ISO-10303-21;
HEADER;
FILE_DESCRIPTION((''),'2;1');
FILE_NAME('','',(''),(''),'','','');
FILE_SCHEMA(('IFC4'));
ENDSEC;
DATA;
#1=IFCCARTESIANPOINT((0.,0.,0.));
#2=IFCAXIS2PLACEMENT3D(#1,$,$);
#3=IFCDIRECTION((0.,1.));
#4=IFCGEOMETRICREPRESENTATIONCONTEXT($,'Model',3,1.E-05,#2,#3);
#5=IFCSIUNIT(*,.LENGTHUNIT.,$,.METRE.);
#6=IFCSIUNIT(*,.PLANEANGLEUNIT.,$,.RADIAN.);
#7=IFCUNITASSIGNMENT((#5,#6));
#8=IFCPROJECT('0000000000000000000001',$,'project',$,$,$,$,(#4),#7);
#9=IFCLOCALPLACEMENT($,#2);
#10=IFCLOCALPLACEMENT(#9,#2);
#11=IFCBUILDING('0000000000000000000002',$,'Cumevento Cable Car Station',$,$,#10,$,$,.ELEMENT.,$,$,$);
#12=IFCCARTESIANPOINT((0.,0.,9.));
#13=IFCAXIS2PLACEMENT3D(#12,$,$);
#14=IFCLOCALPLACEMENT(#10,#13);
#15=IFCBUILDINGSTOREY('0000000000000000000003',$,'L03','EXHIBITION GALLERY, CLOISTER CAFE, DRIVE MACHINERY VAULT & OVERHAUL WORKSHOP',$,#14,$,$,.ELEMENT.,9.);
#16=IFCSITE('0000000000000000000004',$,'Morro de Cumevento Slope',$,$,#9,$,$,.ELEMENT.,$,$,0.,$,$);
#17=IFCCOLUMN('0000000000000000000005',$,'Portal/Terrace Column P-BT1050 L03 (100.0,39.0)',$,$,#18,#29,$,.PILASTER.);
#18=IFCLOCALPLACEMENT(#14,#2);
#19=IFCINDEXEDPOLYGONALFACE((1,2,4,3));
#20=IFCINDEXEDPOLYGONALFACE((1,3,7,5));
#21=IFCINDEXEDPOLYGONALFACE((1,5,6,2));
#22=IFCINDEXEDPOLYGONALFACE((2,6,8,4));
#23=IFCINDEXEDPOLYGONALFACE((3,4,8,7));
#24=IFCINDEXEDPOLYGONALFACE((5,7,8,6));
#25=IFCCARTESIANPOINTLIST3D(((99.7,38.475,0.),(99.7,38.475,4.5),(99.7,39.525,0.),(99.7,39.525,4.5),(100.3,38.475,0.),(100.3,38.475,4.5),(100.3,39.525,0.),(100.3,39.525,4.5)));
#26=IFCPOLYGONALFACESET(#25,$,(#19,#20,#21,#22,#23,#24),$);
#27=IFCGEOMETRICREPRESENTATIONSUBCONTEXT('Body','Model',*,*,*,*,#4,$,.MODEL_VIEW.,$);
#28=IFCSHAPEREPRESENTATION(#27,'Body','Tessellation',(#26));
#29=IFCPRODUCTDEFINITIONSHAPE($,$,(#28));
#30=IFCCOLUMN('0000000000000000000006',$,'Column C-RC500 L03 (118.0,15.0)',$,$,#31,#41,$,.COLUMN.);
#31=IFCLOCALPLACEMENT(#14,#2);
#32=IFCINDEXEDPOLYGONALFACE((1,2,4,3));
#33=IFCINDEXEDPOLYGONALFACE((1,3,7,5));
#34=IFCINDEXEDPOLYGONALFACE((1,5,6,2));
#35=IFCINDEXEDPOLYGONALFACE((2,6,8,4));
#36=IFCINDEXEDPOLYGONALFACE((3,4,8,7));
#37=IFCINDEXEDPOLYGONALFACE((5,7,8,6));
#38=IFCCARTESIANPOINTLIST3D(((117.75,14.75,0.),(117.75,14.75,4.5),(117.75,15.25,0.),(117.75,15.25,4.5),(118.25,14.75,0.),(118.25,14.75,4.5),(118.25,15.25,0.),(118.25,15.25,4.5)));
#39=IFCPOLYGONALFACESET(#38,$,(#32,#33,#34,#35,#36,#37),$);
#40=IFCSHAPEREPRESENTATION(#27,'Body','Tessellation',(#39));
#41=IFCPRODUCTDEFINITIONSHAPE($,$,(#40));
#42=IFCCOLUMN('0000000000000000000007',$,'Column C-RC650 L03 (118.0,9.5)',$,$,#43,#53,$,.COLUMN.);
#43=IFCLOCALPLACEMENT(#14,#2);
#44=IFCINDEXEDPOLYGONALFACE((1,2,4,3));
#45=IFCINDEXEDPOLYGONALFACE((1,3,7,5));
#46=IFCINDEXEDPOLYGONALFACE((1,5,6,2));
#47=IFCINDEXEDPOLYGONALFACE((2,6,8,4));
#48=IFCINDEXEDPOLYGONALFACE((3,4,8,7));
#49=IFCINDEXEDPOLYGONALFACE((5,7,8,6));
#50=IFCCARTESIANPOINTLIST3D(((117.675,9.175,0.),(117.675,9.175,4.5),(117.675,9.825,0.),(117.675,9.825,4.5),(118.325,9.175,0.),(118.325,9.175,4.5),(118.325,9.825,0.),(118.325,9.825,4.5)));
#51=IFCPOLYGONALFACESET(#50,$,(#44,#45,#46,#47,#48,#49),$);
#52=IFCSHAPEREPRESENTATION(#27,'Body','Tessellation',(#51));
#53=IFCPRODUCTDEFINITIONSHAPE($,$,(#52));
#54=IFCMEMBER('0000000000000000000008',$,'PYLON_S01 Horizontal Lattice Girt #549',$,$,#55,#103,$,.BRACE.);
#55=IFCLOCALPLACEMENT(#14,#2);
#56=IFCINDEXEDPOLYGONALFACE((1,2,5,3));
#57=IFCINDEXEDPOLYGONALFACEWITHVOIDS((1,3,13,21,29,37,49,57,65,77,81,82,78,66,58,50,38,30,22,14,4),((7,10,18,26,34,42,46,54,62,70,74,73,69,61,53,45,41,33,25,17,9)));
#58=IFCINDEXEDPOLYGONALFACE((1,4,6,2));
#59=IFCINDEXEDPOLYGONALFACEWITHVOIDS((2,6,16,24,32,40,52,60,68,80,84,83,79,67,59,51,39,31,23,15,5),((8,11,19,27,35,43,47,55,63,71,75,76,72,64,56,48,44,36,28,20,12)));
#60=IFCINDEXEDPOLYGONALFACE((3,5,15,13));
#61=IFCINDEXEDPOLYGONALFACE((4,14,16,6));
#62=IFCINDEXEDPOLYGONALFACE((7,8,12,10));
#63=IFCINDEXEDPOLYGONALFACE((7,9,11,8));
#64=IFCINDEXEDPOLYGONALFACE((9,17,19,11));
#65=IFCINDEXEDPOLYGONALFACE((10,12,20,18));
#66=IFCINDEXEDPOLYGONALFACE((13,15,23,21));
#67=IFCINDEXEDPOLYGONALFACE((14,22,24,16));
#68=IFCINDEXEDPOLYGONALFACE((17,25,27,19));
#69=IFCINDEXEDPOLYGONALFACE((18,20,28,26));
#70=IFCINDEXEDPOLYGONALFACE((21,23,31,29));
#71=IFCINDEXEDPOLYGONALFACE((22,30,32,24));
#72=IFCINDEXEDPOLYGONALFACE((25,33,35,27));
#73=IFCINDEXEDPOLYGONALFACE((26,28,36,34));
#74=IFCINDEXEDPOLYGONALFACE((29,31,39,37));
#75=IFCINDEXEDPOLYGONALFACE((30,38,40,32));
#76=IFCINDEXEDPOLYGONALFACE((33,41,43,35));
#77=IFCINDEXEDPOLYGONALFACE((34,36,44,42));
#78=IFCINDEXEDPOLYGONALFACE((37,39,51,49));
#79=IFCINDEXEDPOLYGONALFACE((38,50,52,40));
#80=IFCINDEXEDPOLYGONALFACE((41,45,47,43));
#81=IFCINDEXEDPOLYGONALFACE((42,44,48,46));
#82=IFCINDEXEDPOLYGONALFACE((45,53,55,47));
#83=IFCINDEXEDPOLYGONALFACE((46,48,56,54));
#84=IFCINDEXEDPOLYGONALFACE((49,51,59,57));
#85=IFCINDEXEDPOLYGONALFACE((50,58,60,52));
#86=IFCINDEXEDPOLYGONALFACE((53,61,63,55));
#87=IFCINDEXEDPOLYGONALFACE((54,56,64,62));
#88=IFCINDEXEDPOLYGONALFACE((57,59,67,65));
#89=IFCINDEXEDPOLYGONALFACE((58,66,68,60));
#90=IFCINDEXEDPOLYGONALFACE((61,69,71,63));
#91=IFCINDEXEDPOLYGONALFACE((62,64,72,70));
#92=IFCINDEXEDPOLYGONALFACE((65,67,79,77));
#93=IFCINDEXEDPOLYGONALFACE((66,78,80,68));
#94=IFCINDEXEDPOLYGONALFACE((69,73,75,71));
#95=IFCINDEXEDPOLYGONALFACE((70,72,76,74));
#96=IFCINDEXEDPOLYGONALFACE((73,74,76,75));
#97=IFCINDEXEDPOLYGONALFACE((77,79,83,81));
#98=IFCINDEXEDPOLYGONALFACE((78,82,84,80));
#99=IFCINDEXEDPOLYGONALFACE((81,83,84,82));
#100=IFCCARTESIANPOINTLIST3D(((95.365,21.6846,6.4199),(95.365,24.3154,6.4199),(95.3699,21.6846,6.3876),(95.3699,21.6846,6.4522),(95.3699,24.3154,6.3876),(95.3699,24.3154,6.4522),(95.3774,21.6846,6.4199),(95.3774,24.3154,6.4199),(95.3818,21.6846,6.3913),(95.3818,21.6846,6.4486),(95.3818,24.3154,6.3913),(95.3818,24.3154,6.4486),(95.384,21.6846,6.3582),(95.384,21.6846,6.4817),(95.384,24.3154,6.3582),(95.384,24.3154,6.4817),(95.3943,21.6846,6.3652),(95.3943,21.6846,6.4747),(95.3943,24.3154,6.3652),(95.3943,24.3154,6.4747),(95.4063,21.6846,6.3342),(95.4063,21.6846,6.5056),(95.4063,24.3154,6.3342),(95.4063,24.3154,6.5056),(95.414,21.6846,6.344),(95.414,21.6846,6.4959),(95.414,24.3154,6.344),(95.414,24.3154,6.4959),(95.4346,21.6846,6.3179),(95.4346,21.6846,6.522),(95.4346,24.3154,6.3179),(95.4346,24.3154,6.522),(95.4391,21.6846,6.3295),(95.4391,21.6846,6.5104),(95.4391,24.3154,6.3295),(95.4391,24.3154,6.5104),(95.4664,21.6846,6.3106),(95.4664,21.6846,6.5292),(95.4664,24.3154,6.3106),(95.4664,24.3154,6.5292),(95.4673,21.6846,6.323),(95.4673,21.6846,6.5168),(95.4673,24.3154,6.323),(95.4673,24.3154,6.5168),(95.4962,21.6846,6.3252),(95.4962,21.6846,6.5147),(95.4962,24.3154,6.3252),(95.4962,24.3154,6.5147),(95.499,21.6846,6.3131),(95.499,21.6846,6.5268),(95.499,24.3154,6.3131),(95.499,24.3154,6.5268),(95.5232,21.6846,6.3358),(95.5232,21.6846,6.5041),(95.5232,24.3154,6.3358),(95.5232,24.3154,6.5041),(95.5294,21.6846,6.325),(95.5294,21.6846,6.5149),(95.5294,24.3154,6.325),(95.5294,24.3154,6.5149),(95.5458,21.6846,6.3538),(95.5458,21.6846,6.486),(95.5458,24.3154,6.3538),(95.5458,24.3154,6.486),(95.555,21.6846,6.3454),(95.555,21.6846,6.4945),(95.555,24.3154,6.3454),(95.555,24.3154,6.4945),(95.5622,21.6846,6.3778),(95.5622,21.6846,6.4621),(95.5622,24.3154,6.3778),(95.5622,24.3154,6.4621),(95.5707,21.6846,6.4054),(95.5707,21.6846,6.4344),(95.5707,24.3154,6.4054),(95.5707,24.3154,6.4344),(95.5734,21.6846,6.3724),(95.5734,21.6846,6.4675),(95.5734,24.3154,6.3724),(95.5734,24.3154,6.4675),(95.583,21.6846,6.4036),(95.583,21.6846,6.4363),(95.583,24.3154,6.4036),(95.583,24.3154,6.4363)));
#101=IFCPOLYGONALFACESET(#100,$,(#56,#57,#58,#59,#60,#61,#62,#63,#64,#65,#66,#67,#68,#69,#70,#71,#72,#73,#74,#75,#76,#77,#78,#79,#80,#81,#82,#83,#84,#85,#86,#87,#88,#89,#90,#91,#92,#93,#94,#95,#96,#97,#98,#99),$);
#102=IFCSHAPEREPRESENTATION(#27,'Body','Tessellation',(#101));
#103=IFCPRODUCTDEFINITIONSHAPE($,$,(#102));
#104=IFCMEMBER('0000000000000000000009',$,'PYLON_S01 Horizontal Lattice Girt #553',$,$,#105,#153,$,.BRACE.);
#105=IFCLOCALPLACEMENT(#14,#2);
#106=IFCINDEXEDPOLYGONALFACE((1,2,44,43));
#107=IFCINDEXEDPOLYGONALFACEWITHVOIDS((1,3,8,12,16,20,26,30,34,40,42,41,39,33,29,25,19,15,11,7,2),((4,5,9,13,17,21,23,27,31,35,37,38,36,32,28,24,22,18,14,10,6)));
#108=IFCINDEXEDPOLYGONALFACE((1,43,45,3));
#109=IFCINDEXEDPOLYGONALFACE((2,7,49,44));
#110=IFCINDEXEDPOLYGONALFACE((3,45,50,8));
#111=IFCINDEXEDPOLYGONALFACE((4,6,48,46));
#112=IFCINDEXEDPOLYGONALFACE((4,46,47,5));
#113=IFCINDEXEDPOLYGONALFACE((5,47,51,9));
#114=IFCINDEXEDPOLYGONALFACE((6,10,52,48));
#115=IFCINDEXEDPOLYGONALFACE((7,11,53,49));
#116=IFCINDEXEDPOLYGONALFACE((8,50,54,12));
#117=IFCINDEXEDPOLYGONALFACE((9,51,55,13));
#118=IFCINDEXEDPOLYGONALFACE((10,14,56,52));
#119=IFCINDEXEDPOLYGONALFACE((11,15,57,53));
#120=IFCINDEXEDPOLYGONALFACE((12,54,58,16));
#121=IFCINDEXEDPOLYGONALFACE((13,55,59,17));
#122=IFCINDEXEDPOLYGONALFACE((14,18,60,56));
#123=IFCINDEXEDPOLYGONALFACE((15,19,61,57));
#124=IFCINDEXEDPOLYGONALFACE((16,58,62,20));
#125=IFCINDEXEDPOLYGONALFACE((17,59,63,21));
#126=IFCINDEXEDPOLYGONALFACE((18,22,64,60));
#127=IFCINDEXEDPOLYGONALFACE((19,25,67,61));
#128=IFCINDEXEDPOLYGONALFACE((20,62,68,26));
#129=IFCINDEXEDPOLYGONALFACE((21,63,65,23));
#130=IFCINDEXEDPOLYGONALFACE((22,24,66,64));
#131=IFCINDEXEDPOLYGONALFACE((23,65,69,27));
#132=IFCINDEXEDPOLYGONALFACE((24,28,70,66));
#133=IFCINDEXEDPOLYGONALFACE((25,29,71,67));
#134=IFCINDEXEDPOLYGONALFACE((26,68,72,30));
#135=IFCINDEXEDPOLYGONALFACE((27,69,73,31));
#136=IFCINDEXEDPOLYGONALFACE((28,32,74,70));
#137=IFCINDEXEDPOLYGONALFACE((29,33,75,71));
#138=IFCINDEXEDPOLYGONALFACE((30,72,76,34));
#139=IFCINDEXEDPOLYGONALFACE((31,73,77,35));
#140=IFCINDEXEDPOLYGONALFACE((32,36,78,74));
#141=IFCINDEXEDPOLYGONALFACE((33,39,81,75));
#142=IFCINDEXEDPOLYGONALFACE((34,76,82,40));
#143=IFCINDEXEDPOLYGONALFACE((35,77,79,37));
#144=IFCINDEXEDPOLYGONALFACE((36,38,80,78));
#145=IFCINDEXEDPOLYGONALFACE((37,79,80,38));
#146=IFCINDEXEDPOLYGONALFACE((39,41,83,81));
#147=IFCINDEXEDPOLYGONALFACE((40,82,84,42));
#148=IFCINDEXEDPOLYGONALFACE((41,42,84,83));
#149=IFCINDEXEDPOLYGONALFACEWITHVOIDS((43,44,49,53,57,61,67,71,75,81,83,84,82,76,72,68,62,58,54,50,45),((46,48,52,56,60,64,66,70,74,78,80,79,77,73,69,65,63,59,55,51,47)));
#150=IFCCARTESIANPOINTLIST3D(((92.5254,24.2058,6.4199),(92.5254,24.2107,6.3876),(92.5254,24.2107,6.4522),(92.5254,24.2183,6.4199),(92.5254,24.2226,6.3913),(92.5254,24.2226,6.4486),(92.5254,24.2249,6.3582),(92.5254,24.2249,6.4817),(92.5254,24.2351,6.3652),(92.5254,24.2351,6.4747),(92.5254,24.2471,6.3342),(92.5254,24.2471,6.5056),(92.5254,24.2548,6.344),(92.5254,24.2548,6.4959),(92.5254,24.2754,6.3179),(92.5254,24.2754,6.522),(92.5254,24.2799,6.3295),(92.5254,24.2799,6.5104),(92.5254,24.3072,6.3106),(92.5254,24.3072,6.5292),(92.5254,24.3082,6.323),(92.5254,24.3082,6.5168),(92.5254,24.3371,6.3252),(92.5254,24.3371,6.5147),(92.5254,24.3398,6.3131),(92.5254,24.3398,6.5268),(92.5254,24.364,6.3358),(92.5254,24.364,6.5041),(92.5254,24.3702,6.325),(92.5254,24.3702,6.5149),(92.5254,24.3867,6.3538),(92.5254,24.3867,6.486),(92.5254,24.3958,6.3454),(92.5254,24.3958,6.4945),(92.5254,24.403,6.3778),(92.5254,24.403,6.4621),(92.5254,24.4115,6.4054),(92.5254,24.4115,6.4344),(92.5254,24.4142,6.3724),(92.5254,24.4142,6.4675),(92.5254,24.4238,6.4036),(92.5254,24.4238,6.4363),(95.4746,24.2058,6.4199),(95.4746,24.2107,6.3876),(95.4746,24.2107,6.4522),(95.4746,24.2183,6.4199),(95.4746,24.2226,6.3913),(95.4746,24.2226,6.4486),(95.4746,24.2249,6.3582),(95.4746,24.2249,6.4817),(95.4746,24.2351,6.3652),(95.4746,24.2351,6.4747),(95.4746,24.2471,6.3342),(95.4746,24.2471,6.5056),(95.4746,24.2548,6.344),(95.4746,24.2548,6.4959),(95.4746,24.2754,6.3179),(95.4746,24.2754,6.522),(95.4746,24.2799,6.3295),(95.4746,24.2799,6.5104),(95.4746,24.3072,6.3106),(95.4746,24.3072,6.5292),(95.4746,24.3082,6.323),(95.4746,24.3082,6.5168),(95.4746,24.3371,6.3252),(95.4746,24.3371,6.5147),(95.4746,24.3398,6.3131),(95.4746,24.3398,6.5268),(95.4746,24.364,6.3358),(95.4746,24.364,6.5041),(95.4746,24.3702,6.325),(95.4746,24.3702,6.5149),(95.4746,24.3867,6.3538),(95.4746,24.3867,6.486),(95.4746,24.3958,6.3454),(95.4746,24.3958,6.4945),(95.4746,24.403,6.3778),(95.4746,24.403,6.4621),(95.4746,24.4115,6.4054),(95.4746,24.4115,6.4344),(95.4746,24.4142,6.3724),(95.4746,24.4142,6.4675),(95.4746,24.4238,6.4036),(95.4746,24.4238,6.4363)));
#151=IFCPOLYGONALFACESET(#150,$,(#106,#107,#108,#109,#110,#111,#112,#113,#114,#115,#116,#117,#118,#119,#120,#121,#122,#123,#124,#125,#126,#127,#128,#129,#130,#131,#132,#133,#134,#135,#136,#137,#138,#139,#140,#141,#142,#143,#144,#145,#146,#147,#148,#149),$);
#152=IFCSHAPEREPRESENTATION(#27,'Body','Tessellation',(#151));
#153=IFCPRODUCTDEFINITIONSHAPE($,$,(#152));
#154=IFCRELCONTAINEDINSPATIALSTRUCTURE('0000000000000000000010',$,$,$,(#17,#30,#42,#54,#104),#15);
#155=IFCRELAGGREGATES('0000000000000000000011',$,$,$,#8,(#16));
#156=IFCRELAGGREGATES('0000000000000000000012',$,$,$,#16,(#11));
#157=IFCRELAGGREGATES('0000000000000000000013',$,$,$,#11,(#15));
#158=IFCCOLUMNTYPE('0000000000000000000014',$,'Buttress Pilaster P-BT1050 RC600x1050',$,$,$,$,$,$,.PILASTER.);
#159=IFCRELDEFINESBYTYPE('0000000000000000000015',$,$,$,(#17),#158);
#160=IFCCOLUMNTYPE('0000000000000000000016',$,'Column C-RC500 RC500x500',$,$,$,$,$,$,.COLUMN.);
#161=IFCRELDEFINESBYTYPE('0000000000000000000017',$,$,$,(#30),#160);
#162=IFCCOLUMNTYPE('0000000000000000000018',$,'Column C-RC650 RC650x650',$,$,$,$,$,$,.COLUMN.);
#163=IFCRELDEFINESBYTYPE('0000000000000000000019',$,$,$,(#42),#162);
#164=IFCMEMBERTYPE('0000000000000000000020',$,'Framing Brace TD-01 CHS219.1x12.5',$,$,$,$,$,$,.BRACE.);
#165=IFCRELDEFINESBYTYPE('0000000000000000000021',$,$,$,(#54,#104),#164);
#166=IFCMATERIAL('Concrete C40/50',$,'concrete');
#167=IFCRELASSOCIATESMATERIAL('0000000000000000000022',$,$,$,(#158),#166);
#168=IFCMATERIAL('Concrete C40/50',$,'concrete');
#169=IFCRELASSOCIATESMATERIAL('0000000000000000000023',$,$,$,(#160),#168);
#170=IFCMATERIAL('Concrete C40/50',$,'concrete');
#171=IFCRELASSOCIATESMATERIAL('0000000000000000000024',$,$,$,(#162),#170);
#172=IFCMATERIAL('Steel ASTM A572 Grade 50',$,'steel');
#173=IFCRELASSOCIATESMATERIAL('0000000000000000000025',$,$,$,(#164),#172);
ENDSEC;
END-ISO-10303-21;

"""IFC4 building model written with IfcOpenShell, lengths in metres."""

from ifc_helpers import new_model, si_unit, direction, frame, origin, origin_2d, place, context, subcontext, project, spatial, rectangle, hollow_circle, extrude, material, material_profile, profile_set, type_object, element, save


model = new_model("IFC4")

# Units and contexts
model_context = context("Model", 3, precision=1e-05, world=origin(), true_north=direction((0.0, 1.0)))
body_context = subcontext(model_context, "Body", "Model", "MODEL_VIEW")
ifc_project = project(units=[si_unit("LENGTHUNIT", "METRE"), si_unit("PLANEANGLEUNIT", "RADIAN")], contexts=[model_context])

# Site, building, storey
site_placement = place(None, origin())
site = spatial("IfcSite", under=ifc_project, at=site_placement, Name="Morro de Cumevento Slope", CompositionType="ELEMENT", RefElevation=0.0)
building_placement = place(site_placement, origin())
building = spatial("IfcBuilding", under=site, at=building_placement, Name="Cumevento Cable Car Station", CompositionType="ELEMENT")
storey_placement = place(building_placement, frame((0.0, 0.0, 9.0)))
storey = spatial("IfcBuildingStorey", under=building, at=storey_placement, Name="L03", Description="EXHIBITION GALLERY, CLOISTER CAFE, DRIVE MACHINERY VAULT & OVERHAUL WORKSHOP", CompositionType="ELEMENT", Elevation=9.0)

# Columns
ifc_material_1 = material(Name="Concrete C40/50", Category="concrete")
ifc_material_profile_1 = material_profile(ifc_material_1, rectangle(XDim=0.6001, YDim=1.05, at=origin_2d()), Name="RC600x1050")
ifc_profile_set_1 = profile_set([ifc_material_profile_1], Name="Concrete C40/50")
column_type_1 = type_object("IfcColumnType", Name="Buttress Pilaster P-BT1050 RC600x1050", PredefinedType="PILASTER", material=ifc_profile_set_1)
column_1_placement = place(storey_placement, frame((100.0, 39.0, 0.0), z_axis=(0.0, 0.0, 1.0), x_axis=(1.0, 0.0, 0.0)))
element("IfcColumn", 1, at=column_1_placement, inside=storey, type_object=column_type_1, Name="Portal/Terrace Column P-BT1050 L03 (100.0,39.0)", PredefinedType="PILASTER", context=body_context, shape_type="SweptSolid", body=[
    extrude(rectangle(XDim=0.6001, YDim=1.05, at=origin_2d()), origin(), (0.0, 0.0, 1.0), 4.5),
])
ifc_material_2 = material(Name="Concrete C40/50", Category="concrete")
ifc_material_profile_2 = material_profile(ifc_material_2, rectangle(XDim=0.5, YDim=0.5, at=origin_2d()), Name="RC500x500")
ifc_profile_set_2 = profile_set([ifc_material_profile_2], Name="Concrete C40/50")
column_type_2 = type_object("IfcColumnType", Name="Column C-RC500 RC500x500", PredefinedType="COLUMN", material=ifc_profile_set_2)
column_2_placement = place(storey_placement, frame((118.0, 15.0, 0.0), z_axis=(0.0, 0.0, 1.0), x_axis=(1.0, 0.0, 0.0)))
element("IfcColumn", 2, at=column_2_placement, inside=storey, type_object=column_type_2, Name="Column C-RC500 L03 (118.0,15.0)", PredefinedType="COLUMN", context=body_context, shape_type="SweptSolid", body=[
    extrude(rectangle(XDim=0.5, YDim=0.5, at=origin_2d()), origin(), (0.0, 0.0, 1.0), 4.5),
])
ifc_material_3 = material(Name="Concrete C40/50", Category="concrete")
ifc_material_profile_3 = material_profile(ifc_material_3, rectangle(XDim=0.6499, YDim=0.6499, at=origin_2d()), Name="RC650x650")
ifc_profile_set_3 = profile_set([ifc_material_profile_3], Name="Concrete C40/50")
column_type_3 = type_object("IfcColumnType", Name="Column C-RC650 RC650x650", PredefinedType="COLUMN", material=ifc_profile_set_3)
column_3_placement = place(storey_placement, frame((118.0, 9.5, 0.0), z_axis=(0.0, 0.0, 1.0), x_axis=(1.0, 0.0, 0.0)))
element("IfcColumn", 3, at=column_3_placement, inside=storey, type_object=column_type_3, Name="Column C-RC650 L03 (118.0,9.5)", PredefinedType="COLUMN", context=body_context, shape_type="SweptSolid", body=[
    extrude(rectangle(XDim=0.6499, YDim=0.6499, at=origin_2d()), origin(), (0.0, 0.0, 1.0), 4.5),
])

# Members
ifc_material_4 = material(Name="Steel ASTM A572 Grade 50", Category="steel")
ifc_material_profile_4 = material_profile(ifc_material_4, hollow_circle(Radius=0.1096, WallThickness=0.0125, at=origin_2d()), Name="CHS219.1x12.5")
ifc_profile_set_4 = profile_set([ifc_material_profile_4], Name="Steel ASTM A572 Grade 50")
member_type_1 = type_object("IfcMemberType", Name="Framing Brace TD-01 CHS219.1x12.5", PredefinedType="BRACE", material=ifc_profile_set_4)
member_1_placement = place(storey_placement, frame((95.4746, 21.6846, 6.4199), z_axis=(0.0, 1.0, 0.0), x_axis=(-1.0, 0.0, 0.0)))
element("IfcMember", 4, at=member_1_placement, inside=storey, type_object=member_type_1, Name="PYLON_S01 Horizontal Lattice Girt #549", PredefinedType="BRACE", context=body_context, shape_type="SweptSolid", body=[
    extrude(hollow_circle(Radius=0.1096, WallThickness=0.0125, at=origin_2d()), origin(), (0.0, 0.0, 1.0), 2.6309),
])
member_2_placement = place(storey_placement, frame((95.4746, 24.3154, 6.4199), z_axis=(-1.0, 0.0, 0.0), x_axis=(0.0, -1.0, 0.0)))
element("IfcMember", 5, at=member_2_placement, inside=storey, type_object=member_type_1, Name="PYLON_S01 Horizontal Lattice Girt #553", PredefinedType="BRACE", context=body_context, shape_type="SweptSolid", body=[
    extrude(hollow_circle(Radius=0.1096, WallThickness=0.0125, at=origin_2d()), origin(), (0.0, 0.0, 1.0), 2.9492),
])

save(model, "model.ifc")
